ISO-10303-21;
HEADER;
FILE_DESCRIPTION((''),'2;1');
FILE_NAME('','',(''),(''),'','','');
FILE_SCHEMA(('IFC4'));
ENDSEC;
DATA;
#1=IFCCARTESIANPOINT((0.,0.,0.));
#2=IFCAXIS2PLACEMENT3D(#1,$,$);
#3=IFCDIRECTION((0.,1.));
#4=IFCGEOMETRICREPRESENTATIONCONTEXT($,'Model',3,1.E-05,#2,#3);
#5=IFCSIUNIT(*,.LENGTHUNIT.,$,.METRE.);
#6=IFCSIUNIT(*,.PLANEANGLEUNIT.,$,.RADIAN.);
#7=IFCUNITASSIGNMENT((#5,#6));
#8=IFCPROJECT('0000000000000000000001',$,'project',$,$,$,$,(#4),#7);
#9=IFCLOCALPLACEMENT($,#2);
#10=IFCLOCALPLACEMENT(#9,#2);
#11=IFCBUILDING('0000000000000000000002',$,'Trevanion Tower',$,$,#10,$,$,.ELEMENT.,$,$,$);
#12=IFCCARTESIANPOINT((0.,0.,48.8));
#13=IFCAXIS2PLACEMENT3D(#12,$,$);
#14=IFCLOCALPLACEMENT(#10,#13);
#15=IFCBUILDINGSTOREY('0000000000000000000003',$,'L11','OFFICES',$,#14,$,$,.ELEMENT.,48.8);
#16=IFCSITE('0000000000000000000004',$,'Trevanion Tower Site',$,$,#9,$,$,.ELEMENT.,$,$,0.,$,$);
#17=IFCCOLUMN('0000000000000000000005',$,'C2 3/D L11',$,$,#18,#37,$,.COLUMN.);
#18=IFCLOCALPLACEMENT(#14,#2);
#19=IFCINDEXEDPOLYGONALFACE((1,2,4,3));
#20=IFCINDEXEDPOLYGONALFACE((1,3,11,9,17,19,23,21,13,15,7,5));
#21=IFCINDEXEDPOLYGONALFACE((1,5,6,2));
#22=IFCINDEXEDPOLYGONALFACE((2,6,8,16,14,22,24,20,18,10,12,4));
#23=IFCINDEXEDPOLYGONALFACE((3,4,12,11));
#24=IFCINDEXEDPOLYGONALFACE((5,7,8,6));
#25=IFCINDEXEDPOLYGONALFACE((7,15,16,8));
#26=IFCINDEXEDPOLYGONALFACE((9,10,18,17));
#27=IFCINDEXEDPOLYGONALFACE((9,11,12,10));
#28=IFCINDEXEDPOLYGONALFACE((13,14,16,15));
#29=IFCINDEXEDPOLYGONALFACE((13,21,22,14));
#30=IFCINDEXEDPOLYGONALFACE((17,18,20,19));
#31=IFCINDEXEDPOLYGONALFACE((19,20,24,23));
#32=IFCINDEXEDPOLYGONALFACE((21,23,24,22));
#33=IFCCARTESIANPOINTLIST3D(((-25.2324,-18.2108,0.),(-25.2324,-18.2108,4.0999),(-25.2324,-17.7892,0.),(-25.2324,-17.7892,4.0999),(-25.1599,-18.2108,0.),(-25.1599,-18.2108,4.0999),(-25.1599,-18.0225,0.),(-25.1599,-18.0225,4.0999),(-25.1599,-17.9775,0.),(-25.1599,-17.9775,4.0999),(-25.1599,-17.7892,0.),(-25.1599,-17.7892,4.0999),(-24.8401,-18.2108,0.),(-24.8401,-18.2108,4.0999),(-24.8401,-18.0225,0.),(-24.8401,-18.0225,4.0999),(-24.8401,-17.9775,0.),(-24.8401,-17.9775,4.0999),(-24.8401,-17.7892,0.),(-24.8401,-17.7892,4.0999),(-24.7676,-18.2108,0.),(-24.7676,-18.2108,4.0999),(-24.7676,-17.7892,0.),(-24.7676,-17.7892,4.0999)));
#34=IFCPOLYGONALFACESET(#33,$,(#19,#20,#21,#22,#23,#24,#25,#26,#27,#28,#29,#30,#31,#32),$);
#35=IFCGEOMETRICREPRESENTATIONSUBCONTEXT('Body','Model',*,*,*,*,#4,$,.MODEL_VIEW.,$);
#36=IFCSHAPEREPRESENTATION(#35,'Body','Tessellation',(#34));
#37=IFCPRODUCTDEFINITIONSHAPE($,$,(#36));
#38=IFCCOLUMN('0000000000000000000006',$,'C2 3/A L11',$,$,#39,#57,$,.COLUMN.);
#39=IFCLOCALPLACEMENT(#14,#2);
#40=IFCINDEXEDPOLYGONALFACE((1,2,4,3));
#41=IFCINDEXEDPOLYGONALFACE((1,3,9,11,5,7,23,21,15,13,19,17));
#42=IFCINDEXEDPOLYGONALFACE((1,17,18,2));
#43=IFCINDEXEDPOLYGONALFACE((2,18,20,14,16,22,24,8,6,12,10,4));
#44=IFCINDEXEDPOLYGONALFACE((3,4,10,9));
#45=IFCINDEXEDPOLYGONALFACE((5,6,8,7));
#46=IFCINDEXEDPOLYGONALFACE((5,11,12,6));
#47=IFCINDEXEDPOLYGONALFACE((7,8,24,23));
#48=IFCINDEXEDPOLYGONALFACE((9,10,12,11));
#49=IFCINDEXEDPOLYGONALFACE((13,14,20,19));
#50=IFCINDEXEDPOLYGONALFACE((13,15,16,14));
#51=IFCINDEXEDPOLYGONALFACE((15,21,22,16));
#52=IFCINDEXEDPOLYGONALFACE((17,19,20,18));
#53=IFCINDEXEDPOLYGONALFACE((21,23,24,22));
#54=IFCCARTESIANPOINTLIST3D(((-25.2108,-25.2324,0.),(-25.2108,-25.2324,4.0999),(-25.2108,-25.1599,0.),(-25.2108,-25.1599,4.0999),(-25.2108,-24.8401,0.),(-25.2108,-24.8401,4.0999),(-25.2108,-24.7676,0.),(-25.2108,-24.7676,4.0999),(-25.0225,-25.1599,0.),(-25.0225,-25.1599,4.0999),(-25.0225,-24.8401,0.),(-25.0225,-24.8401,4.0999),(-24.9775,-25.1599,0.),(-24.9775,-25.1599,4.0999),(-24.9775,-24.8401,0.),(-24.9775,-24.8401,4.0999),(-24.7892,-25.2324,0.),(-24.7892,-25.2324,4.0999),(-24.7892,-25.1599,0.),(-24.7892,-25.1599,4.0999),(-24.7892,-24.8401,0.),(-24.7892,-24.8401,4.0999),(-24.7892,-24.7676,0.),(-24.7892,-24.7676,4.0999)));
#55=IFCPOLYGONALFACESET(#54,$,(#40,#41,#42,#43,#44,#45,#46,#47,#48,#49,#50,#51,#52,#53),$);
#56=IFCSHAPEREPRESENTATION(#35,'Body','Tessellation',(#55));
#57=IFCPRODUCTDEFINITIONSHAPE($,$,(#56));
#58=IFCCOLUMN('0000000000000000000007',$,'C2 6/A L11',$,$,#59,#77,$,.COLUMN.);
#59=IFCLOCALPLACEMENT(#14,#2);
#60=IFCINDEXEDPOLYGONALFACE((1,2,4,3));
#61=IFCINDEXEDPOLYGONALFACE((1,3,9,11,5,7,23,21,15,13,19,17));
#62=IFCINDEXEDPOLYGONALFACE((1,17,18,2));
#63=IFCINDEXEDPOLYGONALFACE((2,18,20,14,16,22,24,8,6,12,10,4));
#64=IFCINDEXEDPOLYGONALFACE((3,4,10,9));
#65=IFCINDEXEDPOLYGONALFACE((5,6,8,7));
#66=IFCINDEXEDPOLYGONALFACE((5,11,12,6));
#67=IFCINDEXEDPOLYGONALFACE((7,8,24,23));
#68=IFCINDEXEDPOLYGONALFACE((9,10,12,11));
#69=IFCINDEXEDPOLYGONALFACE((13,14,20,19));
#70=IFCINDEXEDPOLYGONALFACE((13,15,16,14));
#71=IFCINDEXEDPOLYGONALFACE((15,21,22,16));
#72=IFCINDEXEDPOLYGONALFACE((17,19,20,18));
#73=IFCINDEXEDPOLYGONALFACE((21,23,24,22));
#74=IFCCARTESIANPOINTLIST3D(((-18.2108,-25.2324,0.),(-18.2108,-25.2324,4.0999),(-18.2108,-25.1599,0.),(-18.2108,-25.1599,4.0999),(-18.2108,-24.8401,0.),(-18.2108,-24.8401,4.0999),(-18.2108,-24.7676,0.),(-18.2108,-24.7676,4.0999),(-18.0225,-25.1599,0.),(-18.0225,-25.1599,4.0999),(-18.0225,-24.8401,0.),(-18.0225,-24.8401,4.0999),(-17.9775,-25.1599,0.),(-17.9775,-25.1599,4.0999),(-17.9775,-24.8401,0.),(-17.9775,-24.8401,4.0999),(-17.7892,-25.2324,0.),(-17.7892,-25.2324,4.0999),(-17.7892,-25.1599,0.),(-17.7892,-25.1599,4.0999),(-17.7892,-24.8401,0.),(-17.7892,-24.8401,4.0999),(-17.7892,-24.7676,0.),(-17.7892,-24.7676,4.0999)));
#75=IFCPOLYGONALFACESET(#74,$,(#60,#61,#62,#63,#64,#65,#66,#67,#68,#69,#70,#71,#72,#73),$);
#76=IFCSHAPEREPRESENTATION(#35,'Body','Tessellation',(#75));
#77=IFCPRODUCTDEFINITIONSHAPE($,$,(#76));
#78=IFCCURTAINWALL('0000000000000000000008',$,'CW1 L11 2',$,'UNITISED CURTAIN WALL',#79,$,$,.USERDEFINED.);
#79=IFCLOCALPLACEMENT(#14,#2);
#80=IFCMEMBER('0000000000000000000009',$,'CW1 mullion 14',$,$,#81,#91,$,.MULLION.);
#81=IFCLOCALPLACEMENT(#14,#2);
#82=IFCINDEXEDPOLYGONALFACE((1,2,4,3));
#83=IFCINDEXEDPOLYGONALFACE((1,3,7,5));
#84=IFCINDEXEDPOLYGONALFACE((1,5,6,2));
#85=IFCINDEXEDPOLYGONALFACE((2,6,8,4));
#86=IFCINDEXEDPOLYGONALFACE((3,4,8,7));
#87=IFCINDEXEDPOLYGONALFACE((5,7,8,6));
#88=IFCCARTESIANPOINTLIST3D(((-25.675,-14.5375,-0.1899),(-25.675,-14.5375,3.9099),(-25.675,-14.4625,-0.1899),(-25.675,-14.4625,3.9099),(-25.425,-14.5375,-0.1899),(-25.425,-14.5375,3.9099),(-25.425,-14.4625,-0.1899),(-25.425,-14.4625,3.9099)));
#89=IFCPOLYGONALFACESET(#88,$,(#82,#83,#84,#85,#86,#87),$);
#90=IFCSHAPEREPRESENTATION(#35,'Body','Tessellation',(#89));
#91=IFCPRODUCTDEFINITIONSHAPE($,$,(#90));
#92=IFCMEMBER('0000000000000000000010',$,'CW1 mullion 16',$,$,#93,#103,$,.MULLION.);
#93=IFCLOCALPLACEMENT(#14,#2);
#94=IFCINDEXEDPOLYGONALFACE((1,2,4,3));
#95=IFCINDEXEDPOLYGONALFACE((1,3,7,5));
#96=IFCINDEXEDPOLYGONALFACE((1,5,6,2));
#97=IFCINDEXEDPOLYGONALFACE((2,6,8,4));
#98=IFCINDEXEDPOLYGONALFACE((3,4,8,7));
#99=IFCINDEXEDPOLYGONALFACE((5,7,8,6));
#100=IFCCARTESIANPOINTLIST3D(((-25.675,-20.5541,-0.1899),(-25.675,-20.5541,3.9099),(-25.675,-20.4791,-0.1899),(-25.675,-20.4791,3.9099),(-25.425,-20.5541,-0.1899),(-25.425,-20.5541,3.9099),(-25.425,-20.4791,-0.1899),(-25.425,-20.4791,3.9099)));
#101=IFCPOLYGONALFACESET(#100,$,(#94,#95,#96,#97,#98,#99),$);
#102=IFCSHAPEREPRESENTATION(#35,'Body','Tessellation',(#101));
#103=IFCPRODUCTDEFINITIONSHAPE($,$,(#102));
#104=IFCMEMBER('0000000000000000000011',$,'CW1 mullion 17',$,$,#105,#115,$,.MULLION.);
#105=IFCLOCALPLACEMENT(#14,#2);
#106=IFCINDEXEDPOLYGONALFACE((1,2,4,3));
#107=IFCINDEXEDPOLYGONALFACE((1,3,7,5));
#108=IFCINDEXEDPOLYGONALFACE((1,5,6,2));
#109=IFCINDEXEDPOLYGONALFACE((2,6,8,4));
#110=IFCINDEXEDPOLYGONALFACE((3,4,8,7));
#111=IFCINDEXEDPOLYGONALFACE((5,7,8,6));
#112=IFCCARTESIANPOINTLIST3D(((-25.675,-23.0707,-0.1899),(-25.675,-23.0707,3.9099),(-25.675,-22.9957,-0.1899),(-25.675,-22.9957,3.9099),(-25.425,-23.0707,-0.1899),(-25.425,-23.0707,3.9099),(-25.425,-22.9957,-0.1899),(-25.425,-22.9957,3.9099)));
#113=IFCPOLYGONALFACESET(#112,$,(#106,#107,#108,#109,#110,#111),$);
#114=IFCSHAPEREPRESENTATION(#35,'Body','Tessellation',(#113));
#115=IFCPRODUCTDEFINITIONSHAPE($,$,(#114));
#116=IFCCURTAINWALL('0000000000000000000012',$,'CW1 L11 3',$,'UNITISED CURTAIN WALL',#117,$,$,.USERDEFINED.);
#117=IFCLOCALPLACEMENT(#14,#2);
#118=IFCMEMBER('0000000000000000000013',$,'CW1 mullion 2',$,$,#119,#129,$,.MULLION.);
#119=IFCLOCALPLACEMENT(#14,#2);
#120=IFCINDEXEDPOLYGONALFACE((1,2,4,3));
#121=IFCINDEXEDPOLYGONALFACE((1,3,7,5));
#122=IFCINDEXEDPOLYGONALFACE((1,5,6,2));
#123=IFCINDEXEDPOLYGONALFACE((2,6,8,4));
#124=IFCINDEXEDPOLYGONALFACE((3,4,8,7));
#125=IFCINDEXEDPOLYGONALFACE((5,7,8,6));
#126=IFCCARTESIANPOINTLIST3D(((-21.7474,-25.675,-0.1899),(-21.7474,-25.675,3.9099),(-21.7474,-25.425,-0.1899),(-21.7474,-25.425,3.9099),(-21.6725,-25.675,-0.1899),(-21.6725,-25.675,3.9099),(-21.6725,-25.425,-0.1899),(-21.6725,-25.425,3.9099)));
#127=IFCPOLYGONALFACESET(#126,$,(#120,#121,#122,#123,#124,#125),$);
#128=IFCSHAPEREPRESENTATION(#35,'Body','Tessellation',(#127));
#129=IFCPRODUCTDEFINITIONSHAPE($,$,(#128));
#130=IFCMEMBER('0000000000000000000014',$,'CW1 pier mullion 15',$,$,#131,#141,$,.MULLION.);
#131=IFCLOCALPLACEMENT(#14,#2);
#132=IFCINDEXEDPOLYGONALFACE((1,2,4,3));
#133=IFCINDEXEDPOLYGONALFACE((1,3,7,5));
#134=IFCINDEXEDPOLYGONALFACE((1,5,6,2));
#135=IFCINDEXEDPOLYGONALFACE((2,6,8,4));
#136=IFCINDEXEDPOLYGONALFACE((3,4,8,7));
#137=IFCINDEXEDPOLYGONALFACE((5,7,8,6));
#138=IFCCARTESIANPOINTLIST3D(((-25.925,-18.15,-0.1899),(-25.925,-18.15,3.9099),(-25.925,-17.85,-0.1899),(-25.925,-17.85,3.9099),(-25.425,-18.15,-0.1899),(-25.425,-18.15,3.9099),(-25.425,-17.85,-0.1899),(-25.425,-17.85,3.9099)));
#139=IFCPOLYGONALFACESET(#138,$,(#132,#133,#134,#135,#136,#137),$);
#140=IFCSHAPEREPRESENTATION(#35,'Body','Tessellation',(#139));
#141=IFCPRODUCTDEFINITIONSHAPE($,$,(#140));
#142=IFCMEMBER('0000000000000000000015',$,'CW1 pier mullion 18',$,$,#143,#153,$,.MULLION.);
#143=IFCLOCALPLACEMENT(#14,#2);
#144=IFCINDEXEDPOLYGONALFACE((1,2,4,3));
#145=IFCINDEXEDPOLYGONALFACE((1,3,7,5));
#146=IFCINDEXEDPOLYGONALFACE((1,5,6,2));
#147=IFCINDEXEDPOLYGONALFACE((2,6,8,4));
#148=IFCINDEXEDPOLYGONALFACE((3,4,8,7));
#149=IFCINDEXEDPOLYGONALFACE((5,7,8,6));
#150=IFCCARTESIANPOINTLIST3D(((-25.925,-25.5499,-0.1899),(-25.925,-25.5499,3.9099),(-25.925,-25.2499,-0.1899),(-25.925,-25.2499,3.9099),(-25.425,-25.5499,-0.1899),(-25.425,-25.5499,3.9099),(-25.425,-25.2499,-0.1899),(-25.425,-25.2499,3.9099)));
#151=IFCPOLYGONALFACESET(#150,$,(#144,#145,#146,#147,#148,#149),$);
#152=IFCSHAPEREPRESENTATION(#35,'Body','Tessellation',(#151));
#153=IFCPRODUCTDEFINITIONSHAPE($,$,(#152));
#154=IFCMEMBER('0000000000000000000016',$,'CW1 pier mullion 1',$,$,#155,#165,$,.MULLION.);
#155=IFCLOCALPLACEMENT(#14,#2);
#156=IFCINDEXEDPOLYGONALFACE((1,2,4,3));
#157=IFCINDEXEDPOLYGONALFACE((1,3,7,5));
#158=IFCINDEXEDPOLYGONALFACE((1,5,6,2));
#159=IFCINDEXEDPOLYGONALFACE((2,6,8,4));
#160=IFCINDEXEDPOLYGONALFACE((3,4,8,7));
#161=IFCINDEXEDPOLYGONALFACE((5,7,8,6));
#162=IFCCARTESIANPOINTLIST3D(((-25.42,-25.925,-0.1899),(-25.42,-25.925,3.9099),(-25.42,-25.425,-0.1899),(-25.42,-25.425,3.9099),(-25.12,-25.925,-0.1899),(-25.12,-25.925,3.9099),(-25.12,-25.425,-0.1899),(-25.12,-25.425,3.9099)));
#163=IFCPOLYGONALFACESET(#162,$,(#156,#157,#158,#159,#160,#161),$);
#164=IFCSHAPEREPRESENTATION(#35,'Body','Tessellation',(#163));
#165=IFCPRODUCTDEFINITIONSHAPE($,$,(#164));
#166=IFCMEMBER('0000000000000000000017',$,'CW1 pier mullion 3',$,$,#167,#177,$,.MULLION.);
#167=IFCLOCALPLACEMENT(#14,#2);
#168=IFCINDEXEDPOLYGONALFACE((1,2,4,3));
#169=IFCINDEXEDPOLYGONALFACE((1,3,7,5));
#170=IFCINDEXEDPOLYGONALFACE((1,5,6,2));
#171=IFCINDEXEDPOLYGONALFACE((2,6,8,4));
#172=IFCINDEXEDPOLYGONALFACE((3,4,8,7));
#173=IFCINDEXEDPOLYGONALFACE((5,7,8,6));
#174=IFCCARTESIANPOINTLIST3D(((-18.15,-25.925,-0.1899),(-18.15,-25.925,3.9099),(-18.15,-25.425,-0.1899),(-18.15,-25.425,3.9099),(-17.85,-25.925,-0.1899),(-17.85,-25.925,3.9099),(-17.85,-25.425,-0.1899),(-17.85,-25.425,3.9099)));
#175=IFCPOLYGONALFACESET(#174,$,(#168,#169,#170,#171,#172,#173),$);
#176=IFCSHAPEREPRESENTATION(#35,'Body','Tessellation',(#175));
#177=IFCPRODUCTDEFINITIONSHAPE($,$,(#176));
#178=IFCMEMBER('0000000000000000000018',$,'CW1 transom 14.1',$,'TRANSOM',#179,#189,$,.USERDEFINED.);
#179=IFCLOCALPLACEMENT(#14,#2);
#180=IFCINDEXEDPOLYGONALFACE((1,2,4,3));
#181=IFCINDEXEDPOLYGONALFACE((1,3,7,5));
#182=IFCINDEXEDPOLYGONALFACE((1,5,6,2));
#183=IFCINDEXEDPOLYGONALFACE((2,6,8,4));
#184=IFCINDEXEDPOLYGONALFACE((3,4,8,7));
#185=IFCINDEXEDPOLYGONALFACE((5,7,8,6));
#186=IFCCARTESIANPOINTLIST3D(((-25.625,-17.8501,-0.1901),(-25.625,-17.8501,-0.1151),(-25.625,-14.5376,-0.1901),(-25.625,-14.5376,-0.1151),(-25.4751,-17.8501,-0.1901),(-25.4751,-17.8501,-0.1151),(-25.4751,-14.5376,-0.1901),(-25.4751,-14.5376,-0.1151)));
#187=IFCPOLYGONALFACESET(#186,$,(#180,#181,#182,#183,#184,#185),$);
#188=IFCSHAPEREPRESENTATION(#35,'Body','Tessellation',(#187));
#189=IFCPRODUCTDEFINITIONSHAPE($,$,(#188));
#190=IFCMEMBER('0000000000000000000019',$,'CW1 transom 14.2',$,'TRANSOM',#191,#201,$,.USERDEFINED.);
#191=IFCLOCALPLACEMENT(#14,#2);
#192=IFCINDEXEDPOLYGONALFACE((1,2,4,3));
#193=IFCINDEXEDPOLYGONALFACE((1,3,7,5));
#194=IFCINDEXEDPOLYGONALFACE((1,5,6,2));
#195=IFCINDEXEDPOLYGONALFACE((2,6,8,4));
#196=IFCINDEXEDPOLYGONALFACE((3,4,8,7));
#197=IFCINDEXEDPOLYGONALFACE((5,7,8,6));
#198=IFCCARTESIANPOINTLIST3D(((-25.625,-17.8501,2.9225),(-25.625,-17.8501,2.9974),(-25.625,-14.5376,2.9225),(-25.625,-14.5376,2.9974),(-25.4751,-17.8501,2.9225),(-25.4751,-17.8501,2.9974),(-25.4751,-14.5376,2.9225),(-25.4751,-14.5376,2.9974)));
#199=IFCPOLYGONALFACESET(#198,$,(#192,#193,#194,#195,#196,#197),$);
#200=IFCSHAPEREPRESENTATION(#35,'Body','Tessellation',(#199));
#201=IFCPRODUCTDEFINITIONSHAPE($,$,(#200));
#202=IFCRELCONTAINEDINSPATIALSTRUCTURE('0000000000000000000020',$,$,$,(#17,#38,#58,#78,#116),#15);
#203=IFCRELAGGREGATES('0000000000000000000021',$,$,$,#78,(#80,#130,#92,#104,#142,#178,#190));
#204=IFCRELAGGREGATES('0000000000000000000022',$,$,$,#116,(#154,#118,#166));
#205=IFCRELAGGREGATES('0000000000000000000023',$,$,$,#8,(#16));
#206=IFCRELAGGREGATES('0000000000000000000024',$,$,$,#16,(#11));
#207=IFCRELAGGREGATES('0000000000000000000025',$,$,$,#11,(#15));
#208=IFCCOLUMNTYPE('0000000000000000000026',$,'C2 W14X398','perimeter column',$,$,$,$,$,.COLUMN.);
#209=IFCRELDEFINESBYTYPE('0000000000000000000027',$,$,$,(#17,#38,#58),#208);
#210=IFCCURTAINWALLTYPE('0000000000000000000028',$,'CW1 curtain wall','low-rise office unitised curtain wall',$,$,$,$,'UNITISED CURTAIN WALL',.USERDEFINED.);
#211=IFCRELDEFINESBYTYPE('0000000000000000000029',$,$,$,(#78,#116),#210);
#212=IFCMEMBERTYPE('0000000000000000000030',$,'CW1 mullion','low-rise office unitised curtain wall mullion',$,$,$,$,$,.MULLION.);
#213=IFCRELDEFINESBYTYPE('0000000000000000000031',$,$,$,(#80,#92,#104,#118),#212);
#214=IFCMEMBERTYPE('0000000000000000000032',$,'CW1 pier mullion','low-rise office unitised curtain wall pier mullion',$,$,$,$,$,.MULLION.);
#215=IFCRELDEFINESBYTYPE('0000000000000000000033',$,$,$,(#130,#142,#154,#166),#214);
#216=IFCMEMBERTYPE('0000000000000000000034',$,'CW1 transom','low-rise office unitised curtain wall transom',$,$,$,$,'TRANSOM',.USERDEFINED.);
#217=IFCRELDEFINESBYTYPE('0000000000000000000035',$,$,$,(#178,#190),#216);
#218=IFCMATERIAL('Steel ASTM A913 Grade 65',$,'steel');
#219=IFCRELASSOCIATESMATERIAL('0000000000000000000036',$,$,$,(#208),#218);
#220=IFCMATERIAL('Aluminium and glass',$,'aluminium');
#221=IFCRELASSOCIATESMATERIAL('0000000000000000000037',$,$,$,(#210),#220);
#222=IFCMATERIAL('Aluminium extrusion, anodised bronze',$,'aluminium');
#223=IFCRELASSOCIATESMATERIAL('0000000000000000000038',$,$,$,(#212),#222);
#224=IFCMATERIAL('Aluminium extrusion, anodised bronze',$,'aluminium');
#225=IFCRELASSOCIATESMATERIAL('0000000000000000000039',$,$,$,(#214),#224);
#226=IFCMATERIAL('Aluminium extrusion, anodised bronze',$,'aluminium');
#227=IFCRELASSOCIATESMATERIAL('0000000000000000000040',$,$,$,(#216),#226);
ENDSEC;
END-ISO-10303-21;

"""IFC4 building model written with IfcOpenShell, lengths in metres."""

from ifc_helpers import new_model, si_unit, direction, frame, origin, origin_2d, place, context, subcontext, project, spatial, rectangle, i_section, extrude, material, material_profile, profile_set, type_object, element, aggregate, save


model = new_model("IFC4")

# Units and contexts
model_context = context("Model", 3, precision=1e-05, world=origin(), true_north=direction((0.0, 1.0)))
body_context = subcontext(model_context, "Body", "Model", "MODEL_VIEW")
ifc_project = project(units=[si_unit("LENGTHUNIT", "METRE"), si_unit("PLANEANGLEUNIT", "RADIAN")], contexts=[model_context])

# Site, building, storey
site_placement = place(None, origin())
site = spatial("IfcSite", under=ifc_project, at=site_placement, Name="Trevanion Tower Site", CompositionType="ELEMENT", RefElevation=0.0)
building_placement = place(site_placement, origin())
building = spatial("IfcBuilding", under=site, at=building_placement, Name="Trevanion Tower", CompositionType="ELEMENT")
storey_placement = place(building_placement, frame((0.0, 0.0, 48.8)))
storey = spatial("IfcBuildingStorey", under=building, at=storey_placement, Name="L11", Description="OFFICES", CompositionType="ELEMENT", Elevation=48.8)

# Columns
ifc_material_1 = material(Name="Steel ASTM A913 Grade 65", Category="steel")
ifc_material_profile_1 = material_profile(ifc_material_1, i_section(OverallWidth=0.4216, OverallDepth=0.4648, WebThickness=0.0449, FlangeThickness=0.0725, at=origin_2d()), Name="W14X398")
ifc_profile_set_1 = profile_set([ifc_material_profile_1], Name="Steel ASTM A913 Grade 65")
column_type = type_object("IfcColumnType", Name="C2 W14X398", Description="perimeter column", PredefinedType="COLUMN", material=ifc_profile_set_1)
for number, where, z_axis, x_axis, name in (
    (1, (-25.0, -18.0, 0.0), (0.0, 0.0, 1.0), (0.0, 1.0, 0.0), "C2 3/D L11"),
    (2, (-25.0, -25.0, 0.0), (0.0, 0.0, 1.0), (1.0, 0.0, 0.0), "C2 3/A L11"),
    (3, (-18.0, -25.0, 0.0), (0.0, 0.0, 1.0), (1.0, 0.0, 0.0), "C2 6/A L11"),
):
    element("IfcColumn", number, at=place(storey_placement, frame(where, z_axis=z_axis, x_axis=x_axis)), inside=storey, type_object=column_type, Name=name, PredefinedType="COLUMN", context=body_context, shape_type="SweptSolid", body=[
        extrude(i_section(OverallWidth=0.4216, OverallDepth=0.4648, WebThickness=0.0449, FlangeThickness=0.0725, at=origin_2d()), origin(), (0.0, 0.0, 1.0), 4.0999),
    ])

# Curtain wall, members
ifc_material_2 = material(Name="Aluminium and glass", Category="aluminium")
curtain_wall_type = type_object("IfcCurtainWallType", Name="CW1 curtain wall", Description="low-rise office unitised curtain wall", ElementType="UNITISED CURTAIN WALL", PredefinedType="USERDEFINED", material=ifc_material_2)
curtain_wall_1_placement = place(storey_placement, origin())
curtain_wall_1 = element("IfcCurtainWall", 4, at=curtain_wall_1_placement, inside=storey, type_object=curtain_wall_type, Name="CW1 L11 2", ObjectType="UNITISED CURTAIN WALL", PredefinedType="USERDEFINED")
ifc_material_3 = material(Name="Aluminium extrusion, anodised bronze", Category="aluminium")
ifc_material_profile_2 = material_profile(ifc_material_3, rectangle(XDim=0.075, YDim=0.25, at=origin_2d()), Name="CW1 mullion")
ifc_profile_set_2 = profile_set([ifc_material_profile_2], Name="Aluminium extrusion, anodised bronze")
member_type_1 = type_object("IfcMemberType", Name="CW1 mullion", Description="low-rise office unitised curtain wall mullion", PredefinedType="MULLION", material=ifc_profile_set_2)
member_1_placement = place(storey_placement, frame((-25.55, -14.5, -0.1899), z_axis=(0.0, 0.0, 1.0), x_axis=(0.0, -1.0, 0.0)))
member_1 = element("IfcMember", 5, at=member_1_placement, type_object=member_type_1, Name="CW1 mullion 14", PredefinedType="MULLION", context=body_context, shape_type="SweptSolid", body=[
    extrude(rectangle(XDim=0.075, YDim=0.25, at=origin_2d()), origin(), (0.0, 0.0, 1.0), 4.0999),
])
member_2_placement = place(storey_placement, frame((-25.55, -20.5166, -0.1899), z_axis=(0.0, 0.0, 1.0), x_axis=(0.0, -1.0, 0.0)))
member_2 = element("IfcMember", 6, at=member_2_placement, type_object=member_type_1, Name="CW1 mullion 16", PredefinedType="MULLION", context=body_context, shape_type="SweptSolid", body=[
    extrude(rectangle(XDim=0.075, YDim=0.25, at=origin_2d()), origin(), (0.0, 0.0, 1.0), 4.0999),
])
member_3_placement = place(storey_placement, frame((-25.55, -23.0332, -0.1899), z_axis=(0.0, 0.0, 1.0), x_axis=(0.0, -1.0, 0.0)))
member_3 = element("IfcMember", 7, at=member_3_placement, type_object=member_type_1, Name="CW1 mullion 17", PredefinedType="MULLION", context=body_context, shape_type="SweptSolid", body=[
    extrude(rectangle(XDim=0.075, YDim=0.25, at=origin_2d()), origin(), (0.0, 0.0, 1.0), 4.0999),
])

# Curtain wall, member
curtain_wall_2_placement = place(storey_placement, origin())
curtain_wall_2 = element("IfcCurtainWall", 8, at=curtain_wall_2_placement, inside=storey, type_object=curtain_wall_type, Name="CW1 L11 3", ObjectType="UNITISED CURTAIN WALL", PredefinedType="USERDEFINED")
member_4_placement = place(storey_placement, frame((-21.71, -25.55, -0.1899), z_axis=(0.0, 0.0, 1.0), x_axis=(1.0, 0.0, 0.0)))
member_4 = element("IfcMember", 9, at=member_4_placement, type_object=member_type_1, Name="CW1 mullion 2", PredefinedType="MULLION", context=body_context, shape_type="SweptSolid", body=[
    extrude(rectangle(XDim=0.075, YDim=0.25, at=origin_2d()), origin(), (0.0, 0.0, 1.0), 4.0999),
])

# Members
ifc_material_4 = material(Name="Aluminium extrusion, anodised bronze", Category="aluminium")
ifc_material_profile_3 = material_profile(ifc_material_4, rectangle(XDim=0.3, YDim=0.5, at=origin_2d()), Name="CW1 pier mullion")
ifc_profile_set_3 = profile_set([ifc_material_profile_3], Name="Aluminium extrusion, anodised bronze")
member_type_2 = type_object("IfcMemberType", Name="CW1 pier mullion", Description="low-rise office unitised curtain wall pier mullion", PredefinedType="MULLION", material=ifc_profile_set_3)
member_5_placement = place(storey_placement, frame((-25.675, -18.0, -0.1899), z_axis=(0.0, 0.0, 1.0), x_axis=(0.0, -1.0, 0.0)))
member_5 = element("IfcMember", 10, at=member_5_placement, type_object=member_type_2, Name="CW1 pier mullion 15", PredefinedType="MULLION", context=body_context, shape_type="SweptSolid", body=[
    extrude(rectangle(XDim=0.3, YDim=0.5, at=origin_2d()), origin(), (0.0, 0.0, 1.0), 4.0999),
])
member_6_placement = place(storey_placement, frame((-25.675, -25.3999, -0.1899), z_axis=(0.0, 0.0, 1.0), x_axis=(0.0, -1.0, 0.0)))
member_6 = element("IfcMember", 11, at=member_6_placement, type_object=member_type_2, Name="CW1 pier mullion 18", PredefinedType="MULLION", context=body_context, shape_type="SweptSolid", body=[
    extrude(rectangle(XDim=0.3, YDim=0.5, at=origin_2d()), origin(), (0.0, 0.0, 1.0), 4.0999),
])
member_7_placement = place(storey_placement, frame((-25.27, -25.675, -0.1899), z_axis=(0.0, 0.0, 1.0), x_axis=(1.0, 0.0, 0.0)))
member_7 = element("IfcMember", 12, at=member_7_placement, type_object=member_type_2, Name="CW1 pier mullion 1", PredefinedType="MULLION", context=body_context, shape_type="SweptSolid", body=[
    extrude(rectangle(XDim=0.3, YDim=0.5, at=origin_2d()), origin(), (0.0, 0.0, 1.0), 4.0999),
])
member_8_placement = place(storey_placement, frame((-18.0, -25.675, -0.1899), z_axis=(0.0, 0.0, 1.0), x_axis=(1.0, 0.0, 0.0)))
member_8 = element("IfcMember", 13, at=member_8_placement, type_object=member_type_2, Name="CW1 pier mullion 3", PredefinedType="MULLION", context=body_context, shape_type="SweptSolid", body=[
    extrude(rectangle(XDim=0.3, YDim=0.5, at=origin_2d()), origin(), (0.0, 0.0, 1.0), 4.0999),
])
ifc_material_5 = material(Name="Aluminium extrusion, anodised bronze", Category="aluminium")
ifc_material_profile_4 = material_profile(ifc_material_5, rectangle(XDim=0.1499, YDim=0.075, at=origin_2d()), Name="CW1 transom")
ifc_profile_set_4 = profile_set([ifc_material_profile_4], Name="Aluminium extrusion, anodised bronze")
member_type_3 = type_object("IfcMemberType", Name="CW1 transom", Description="low-rise office unitised curtain wall transom", ElementType="TRANSOM", PredefinedType="USERDEFINED", material=ifc_profile_set_4)
member_9_placement = place(storey_placement, frame((-25.55, -14.5376, -0.1526), z_axis=(0.0, -1.0, 0.0), x_axis=(1.0, 0.0, 0.0)))
member_9 = element("IfcMember", 14, at=member_9_placement, type_object=member_type_3, Name="CW1 transom 14.1", ObjectType="TRANSOM", PredefinedType="USERDEFINED", context=body_context, shape_type="SweptSolid", body=[
    extrude(rectangle(XDim=0.1499, YDim=0.075, at=origin_2d()), origin(), (0.0, 0.0, 1.0), 3.3125),
])
member_10_placement = place(storey_placement, frame((-25.55, -14.5376, 2.96), z_axis=(0.0, -1.0, 0.0), x_axis=(1.0, 0.0, 0.0)))
member_10 = element("IfcMember", 15, at=member_10_placement, type_object=member_type_3, Name="CW1 transom 14.2", ObjectType="TRANSOM", PredefinedType="USERDEFINED", context=body_context, shape_type="SweptSolid", body=[
    extrude(rectangle(XDim=0.1499, YDim=0.075, at=origin_2d()), origin(), (0.0, 0.0, 1.0), 3.3125),
])

aggregate(curtain_wall_1, [member_1, member_5, member_2, member_3, member_6, member_9, member_10])
aggregate(curtain_wall_2, [member_7, member_4, member_8])

save(model, "model.ifc")
